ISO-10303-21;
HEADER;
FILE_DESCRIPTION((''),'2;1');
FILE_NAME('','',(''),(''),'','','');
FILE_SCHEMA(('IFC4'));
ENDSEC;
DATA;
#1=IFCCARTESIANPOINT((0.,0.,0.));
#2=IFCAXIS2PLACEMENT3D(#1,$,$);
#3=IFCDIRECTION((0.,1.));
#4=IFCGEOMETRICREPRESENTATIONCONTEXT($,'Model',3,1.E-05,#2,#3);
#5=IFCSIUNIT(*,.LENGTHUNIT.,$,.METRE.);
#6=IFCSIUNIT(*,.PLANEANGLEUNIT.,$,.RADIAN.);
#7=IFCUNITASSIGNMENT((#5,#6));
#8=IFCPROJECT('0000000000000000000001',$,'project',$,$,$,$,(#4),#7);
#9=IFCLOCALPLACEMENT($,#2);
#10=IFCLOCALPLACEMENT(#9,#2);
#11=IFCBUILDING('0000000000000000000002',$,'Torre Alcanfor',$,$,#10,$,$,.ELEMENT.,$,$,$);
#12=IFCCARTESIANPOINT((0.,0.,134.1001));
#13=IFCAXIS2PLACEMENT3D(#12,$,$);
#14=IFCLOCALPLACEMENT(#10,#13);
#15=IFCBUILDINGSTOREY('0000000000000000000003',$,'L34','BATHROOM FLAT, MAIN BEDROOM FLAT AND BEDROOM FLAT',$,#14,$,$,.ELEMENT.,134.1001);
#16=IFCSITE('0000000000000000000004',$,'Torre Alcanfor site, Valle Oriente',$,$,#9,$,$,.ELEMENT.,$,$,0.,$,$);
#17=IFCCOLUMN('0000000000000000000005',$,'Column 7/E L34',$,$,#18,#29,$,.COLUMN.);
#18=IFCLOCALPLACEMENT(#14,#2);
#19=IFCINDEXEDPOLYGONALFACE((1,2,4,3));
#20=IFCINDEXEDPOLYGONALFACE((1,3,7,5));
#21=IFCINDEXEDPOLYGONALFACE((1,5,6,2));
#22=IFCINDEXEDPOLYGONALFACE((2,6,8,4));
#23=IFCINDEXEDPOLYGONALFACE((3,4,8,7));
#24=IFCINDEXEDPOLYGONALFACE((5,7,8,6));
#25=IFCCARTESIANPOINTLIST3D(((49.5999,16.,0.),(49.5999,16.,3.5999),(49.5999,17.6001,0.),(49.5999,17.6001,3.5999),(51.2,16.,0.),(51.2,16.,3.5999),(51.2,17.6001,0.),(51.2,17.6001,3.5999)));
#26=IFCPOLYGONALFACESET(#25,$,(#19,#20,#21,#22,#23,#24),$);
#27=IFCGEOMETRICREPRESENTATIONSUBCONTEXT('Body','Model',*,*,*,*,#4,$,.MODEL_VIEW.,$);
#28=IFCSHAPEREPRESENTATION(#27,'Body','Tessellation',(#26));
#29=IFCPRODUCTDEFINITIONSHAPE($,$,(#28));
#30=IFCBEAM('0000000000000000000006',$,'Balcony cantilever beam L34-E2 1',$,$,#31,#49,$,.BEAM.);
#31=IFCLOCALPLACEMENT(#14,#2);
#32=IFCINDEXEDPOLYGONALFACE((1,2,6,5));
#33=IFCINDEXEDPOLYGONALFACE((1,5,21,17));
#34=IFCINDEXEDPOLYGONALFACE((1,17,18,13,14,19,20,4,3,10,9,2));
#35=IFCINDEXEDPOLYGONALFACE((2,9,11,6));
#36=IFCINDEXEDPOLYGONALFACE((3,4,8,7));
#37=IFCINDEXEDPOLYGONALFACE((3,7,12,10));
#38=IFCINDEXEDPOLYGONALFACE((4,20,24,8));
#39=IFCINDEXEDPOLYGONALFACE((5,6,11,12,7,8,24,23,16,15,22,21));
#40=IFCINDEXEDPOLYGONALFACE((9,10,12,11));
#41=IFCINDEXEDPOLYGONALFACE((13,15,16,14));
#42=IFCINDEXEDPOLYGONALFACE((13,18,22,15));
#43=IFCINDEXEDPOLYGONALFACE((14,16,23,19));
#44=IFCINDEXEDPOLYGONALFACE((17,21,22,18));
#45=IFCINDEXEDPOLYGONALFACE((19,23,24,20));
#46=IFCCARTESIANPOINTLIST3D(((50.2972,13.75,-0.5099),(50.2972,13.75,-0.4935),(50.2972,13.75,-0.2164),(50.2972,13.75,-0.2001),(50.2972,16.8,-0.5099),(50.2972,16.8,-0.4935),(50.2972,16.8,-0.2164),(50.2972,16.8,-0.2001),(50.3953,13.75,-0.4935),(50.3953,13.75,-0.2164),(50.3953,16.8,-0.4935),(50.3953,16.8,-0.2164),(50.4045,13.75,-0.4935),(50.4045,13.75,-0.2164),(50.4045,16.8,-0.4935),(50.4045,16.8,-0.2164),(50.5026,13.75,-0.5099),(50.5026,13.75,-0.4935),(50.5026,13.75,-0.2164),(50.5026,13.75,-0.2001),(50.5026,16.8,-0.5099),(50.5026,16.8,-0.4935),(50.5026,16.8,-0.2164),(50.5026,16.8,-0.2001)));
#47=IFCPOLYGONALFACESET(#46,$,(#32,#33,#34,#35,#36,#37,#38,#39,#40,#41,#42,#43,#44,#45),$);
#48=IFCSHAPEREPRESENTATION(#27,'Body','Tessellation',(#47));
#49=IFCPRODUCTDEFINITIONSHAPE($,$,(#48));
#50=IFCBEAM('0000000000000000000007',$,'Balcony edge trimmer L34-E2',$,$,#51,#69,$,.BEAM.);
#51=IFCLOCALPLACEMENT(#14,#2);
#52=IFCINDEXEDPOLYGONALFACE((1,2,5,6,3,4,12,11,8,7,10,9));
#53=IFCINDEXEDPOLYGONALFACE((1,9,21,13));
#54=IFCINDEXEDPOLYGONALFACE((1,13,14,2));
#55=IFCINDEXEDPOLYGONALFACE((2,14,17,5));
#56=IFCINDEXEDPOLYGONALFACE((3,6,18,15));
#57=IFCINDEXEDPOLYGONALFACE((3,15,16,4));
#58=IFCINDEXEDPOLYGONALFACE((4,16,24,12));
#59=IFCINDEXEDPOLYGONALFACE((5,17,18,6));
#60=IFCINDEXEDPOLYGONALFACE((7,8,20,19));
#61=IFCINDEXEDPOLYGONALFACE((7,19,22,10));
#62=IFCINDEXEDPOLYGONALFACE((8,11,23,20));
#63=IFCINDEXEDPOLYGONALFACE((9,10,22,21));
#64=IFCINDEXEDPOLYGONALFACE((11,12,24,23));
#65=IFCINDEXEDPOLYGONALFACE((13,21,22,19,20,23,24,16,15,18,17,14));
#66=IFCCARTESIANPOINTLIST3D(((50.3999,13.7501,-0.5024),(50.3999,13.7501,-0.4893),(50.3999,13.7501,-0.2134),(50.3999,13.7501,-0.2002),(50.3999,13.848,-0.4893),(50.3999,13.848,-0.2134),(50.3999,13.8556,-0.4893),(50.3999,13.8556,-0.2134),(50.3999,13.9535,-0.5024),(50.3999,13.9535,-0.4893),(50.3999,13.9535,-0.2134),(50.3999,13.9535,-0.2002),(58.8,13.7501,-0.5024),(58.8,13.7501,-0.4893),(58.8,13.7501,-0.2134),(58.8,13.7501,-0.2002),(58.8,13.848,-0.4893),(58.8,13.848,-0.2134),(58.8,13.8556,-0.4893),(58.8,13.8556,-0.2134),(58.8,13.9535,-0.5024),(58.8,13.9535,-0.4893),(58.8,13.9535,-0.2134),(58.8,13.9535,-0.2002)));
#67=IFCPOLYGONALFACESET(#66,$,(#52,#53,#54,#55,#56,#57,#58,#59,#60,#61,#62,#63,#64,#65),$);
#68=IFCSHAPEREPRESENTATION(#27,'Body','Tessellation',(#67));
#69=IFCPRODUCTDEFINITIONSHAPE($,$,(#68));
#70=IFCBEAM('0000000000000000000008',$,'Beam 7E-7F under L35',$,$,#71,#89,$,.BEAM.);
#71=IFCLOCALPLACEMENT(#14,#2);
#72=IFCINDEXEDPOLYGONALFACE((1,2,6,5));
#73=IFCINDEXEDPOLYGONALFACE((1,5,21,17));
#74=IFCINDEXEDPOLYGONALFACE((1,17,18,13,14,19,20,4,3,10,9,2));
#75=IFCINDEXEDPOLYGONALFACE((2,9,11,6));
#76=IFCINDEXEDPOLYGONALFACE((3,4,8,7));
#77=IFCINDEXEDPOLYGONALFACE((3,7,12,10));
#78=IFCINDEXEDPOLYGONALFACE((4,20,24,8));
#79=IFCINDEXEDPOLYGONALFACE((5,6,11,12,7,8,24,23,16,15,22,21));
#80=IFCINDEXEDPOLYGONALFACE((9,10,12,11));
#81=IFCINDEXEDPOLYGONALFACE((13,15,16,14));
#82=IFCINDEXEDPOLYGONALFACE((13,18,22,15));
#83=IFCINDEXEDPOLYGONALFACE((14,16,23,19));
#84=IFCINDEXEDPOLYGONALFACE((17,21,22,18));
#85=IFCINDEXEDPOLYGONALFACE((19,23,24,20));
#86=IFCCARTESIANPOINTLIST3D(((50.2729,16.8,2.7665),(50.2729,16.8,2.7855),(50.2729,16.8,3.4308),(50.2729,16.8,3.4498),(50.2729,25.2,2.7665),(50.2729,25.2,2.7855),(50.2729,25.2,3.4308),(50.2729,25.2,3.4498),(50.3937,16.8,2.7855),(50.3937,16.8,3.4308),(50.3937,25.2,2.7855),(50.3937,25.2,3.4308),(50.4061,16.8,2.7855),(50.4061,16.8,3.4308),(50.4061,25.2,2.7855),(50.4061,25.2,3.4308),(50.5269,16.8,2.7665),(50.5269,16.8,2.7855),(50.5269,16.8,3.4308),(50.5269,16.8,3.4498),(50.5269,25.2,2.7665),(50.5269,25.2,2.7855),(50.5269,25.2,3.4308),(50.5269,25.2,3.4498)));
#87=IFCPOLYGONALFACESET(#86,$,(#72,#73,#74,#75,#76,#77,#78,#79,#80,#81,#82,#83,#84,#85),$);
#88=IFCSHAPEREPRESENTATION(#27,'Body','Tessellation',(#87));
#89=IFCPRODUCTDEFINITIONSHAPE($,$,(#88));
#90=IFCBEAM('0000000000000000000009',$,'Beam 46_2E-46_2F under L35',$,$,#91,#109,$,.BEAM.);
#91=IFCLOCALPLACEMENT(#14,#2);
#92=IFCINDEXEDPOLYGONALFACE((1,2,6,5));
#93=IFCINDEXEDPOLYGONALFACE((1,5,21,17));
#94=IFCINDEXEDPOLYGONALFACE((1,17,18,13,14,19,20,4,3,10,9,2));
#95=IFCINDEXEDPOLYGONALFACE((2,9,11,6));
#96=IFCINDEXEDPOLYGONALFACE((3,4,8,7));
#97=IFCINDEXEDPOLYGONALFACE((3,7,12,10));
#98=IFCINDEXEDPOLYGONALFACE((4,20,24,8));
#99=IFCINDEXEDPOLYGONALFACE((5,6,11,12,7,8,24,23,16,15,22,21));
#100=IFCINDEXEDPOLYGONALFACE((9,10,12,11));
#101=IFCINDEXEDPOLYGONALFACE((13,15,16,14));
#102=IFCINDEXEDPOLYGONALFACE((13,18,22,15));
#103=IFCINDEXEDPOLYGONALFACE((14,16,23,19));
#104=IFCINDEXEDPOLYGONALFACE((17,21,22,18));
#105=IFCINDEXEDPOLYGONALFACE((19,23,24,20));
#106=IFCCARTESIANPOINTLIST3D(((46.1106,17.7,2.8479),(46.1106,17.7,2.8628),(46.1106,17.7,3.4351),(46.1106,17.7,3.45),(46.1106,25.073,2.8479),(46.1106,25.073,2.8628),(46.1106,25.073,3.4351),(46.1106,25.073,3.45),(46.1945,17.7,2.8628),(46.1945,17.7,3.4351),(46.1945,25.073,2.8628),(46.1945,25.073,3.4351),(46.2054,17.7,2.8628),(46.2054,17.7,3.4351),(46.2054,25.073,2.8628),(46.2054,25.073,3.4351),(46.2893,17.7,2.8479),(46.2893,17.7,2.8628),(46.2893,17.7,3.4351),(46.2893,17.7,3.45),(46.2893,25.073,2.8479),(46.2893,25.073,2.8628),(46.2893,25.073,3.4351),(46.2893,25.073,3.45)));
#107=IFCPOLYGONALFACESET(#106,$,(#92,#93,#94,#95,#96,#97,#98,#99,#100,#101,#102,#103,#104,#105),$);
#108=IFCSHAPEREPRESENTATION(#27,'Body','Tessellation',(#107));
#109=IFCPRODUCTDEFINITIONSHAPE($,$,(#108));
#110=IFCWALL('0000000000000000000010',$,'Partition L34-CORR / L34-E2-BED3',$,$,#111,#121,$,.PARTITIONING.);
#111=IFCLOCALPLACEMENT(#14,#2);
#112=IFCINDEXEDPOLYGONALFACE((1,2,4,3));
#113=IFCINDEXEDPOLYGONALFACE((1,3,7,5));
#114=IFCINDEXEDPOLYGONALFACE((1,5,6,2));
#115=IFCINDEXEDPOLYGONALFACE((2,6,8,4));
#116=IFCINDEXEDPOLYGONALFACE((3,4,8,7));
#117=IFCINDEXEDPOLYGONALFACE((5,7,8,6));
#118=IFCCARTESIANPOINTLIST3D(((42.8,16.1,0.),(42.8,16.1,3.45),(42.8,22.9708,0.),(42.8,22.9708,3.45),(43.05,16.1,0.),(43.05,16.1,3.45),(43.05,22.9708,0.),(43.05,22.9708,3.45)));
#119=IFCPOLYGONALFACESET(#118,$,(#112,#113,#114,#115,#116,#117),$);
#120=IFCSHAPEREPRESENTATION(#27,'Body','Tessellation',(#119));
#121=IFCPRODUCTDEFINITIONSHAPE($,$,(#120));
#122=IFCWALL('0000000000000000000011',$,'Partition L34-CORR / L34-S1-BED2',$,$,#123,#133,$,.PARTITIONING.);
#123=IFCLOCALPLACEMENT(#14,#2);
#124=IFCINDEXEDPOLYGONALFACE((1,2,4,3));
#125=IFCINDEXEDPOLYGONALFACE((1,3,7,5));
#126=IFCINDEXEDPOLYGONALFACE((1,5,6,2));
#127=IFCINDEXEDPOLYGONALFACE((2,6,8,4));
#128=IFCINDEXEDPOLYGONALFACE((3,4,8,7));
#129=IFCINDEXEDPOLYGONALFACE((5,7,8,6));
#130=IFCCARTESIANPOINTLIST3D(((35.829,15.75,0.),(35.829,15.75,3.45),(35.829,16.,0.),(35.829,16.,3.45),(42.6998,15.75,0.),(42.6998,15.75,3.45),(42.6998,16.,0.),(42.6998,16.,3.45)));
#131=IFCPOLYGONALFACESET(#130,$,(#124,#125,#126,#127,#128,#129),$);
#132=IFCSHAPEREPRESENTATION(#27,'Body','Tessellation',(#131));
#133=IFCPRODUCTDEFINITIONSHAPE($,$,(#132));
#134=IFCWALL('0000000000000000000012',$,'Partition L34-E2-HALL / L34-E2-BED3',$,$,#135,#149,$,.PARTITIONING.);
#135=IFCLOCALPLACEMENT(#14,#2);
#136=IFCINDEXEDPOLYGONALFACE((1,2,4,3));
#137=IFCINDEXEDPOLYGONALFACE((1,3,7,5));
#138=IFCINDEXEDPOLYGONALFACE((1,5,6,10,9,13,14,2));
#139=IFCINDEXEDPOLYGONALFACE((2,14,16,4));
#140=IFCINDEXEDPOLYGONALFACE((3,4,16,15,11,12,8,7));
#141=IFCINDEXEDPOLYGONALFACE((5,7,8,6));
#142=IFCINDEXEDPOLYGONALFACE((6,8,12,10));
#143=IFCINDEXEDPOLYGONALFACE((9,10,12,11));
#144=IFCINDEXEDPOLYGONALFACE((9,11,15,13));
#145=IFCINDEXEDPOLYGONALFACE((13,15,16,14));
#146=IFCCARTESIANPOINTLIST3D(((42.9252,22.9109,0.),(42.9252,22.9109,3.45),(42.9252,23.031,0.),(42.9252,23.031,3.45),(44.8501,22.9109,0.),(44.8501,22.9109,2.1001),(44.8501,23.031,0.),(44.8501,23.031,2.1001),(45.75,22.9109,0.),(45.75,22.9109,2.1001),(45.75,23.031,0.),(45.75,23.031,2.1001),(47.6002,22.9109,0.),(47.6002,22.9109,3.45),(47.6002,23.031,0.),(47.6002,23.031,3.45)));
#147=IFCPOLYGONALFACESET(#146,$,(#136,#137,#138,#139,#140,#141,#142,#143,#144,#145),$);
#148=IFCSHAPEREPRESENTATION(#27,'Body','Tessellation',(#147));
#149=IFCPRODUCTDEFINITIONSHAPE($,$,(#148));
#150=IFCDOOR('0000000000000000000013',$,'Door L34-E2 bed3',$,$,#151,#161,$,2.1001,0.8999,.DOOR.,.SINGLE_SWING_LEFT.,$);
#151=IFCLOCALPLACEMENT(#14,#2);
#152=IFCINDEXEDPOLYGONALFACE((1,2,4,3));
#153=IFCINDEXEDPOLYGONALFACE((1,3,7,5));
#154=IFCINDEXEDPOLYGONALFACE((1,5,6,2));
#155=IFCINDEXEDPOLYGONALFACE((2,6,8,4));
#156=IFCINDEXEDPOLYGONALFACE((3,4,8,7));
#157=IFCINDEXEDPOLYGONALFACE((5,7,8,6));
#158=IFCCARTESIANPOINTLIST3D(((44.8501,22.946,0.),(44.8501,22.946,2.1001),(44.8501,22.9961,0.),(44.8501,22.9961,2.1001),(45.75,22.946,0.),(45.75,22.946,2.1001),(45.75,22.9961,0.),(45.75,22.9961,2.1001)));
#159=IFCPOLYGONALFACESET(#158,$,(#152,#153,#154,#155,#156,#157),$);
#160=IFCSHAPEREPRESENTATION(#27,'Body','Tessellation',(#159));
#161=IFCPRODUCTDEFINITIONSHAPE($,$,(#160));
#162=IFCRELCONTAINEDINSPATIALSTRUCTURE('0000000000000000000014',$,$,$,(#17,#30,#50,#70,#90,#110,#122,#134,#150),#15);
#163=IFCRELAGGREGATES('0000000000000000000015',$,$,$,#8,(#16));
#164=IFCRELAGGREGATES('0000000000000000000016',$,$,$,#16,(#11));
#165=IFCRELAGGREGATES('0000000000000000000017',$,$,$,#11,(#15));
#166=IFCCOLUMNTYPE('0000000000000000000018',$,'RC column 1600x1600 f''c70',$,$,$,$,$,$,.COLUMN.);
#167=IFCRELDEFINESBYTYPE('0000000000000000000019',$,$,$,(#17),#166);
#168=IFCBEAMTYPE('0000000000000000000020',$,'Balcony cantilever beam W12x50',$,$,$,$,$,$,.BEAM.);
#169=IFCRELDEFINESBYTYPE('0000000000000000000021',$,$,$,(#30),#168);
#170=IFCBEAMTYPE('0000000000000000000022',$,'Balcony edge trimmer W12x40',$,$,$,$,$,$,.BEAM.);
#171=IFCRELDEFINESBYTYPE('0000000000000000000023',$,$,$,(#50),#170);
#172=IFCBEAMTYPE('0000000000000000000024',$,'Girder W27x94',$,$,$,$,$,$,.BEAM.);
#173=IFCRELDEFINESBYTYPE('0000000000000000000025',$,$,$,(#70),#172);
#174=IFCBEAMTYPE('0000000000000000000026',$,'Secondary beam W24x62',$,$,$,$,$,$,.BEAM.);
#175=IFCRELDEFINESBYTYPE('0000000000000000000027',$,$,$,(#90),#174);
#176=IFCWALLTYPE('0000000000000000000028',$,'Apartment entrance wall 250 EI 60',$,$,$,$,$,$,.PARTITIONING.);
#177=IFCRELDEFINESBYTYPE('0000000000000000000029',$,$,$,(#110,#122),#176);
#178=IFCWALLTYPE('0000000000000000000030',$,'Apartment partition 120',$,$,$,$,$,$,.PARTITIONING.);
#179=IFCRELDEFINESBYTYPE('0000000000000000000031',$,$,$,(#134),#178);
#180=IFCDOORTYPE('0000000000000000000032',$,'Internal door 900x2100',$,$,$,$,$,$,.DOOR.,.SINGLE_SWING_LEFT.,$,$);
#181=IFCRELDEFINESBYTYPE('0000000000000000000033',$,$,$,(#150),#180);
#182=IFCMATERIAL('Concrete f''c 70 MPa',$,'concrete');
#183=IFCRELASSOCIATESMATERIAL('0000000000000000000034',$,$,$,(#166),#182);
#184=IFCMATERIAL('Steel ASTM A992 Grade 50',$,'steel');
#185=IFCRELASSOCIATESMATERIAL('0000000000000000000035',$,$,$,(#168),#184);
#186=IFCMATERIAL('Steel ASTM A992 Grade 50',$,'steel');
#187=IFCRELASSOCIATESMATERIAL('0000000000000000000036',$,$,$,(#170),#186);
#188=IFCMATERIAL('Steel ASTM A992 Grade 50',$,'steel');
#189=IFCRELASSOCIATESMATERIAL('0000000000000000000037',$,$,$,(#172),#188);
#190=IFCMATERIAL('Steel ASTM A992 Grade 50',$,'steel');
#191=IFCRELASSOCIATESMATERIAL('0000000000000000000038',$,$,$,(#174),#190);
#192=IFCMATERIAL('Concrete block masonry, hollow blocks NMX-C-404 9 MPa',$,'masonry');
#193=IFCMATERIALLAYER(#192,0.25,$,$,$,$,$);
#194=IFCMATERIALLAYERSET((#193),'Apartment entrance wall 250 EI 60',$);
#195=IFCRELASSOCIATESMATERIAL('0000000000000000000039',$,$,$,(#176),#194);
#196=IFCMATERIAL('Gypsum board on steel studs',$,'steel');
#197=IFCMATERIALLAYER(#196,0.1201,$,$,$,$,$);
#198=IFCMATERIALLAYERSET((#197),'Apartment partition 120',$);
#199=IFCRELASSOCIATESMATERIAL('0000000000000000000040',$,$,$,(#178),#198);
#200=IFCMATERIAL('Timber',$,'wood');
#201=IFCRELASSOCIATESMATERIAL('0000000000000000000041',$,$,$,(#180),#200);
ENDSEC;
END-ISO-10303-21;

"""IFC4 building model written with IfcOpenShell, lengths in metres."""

from ifc_helpers import new_model, si_unit, direction, frame, frame_2d, origin, origin_2d, place, context, subcontext, project, spatial, rectangle, i_section, extrude, material, layer, layer_set, material_profile, profile_set, type_object, element, fill, save


model = new_model("IFC4")

# Units and contexts
model_context = context("Model", 3, precision=1e-05, world=origin(), true_north=direction((0.0, 1.0)))
body_context = subcontext(model_context, "Body", "Model", "MODEL_VIEW")
ifc_project = project(units=[si_unit("LENGTHUNIT", "METRE"), si_unit("PLANEANGLEUNIT", "RADIAN")], contexts=[model_context])

# Site, building, storey
site_placement = place(None, origin())
site = spatial("IfcSite", under=ifc_project, at=site_placement, Name="Torre Alcanfor site, Valle Oriente", CompositionType="ELEMENT", RefElevation=0.0)
building_placement = place(site_placement, origin())
building = spatial("IfcBuilding", under=site, at=building_placement, Name="Torre Alcanfor", CompositionType="ELEMENT")
storey_placement = place(building_placement, frame((0.0, 0.0, 134.1001)))
storey = spatial("IfcBuildingStorey", under=building, at=storey_placement, Name="L34", Description="BATHROOM FLAT, MAIN BEDROOM FLAT AND BEDROOM FLAT", CompositionType="ELEMENT", Elevation=134.1001)

# Column
ifc_material_1 = material(Name="Concrete f'c 70 MPa", Category="concrete")
ifc_material_profile_1 = material_profile(ifc_material_1, rectangle(XDim=1.6001, YDim=1.6001, at=origin_2d()), Name="1600x1600")
ifc_profile_set_1 = profile_set([ifc_material_profile_1], Name="Concrete f'c 70 MPa")
column_type = type_object("IfcColumnType", Name="RC column 1600x1600 f'c70", PredefinedType="COLUMN", material=ifc_profile_set_1)
column_placement = place(storey_placement, frame((50.3999, 16.8, 0.0), z_axis=(0.0, 0.0, 1.0), x_axis=(1.0, 0.0, 0.0)))
element("IfcColumn", 1, at=column_placement, inside=storey, type_object=column_type, Name="Column 7/E L34", PredefinedType="COLUMN", context=body_context, shape_type="SweptSolid", body=[
    extrude(rectangle(XDim=1.6001, YDim=1.6001, at=origin_2d()), origin(), (0.0, 0.0, 1.0), 3.5999),
])

# Beams
ifc_material_2 = material(Name="Steel ASTM A992 Grade 50", Category="steel")
ifc_material_profile_2 = material_profile(ifc_material_2, i_section(OverallWidth=0.2053, OverallDepth=0.3098, WebThickness=0.0093, FlangeThickness=0.0164, at=origin_2d()), Name="W12x50")
ifc_profile_set_2 = profile_set([ifc_material_profile_2], Name="Steel ASTM A992 Grade 50")
beam_type_1 = type_object("IfcBeamType", Name="Balcony cantilever beam W12x50", PredefinedType="BEAM", material=ifc_profile_set_2)
beam_1_placement = place(storey_placement, frame((50.3999, 16.8, -0.355), z_axis=(0.0, -1.0, 0.0), x_axis=(1.0, 0.0, 0.0)))
element("IfcBeam", 2, at=beam_1_placement, inside=storey, type_object=beam_type_1, Name="Balcony cantilever beam L34-E2 1", PredefinedType="BEAM", context=body_context, shape_type="SweptSolid", body=[
    extrude(i_section(OverallWidth=0.2053, OverallDepth=0.3098, WebThickness=0.0093, FlangeThickness=0.0164, at=origin_2d()), origin(), (0.0, 0.0, 1.0), 3.05),
])
ifc_material_3 = material(Name="Steel ASTM A992 Grade 50", Category="steel")
ifc_material_profile_3 = material_profile(ifc_material_3, i_section(OverallWidth=0.2034, OverallDepth=0.3022, WebThickness=0.0076, FlangeThickness=0.0132, at=origin_2d()), Name="W12x40")
ifc_profile_set_3 = profile_set([ifc_material_profile_3], Name="Steel ASTM A992 Grade 50")
beam_type_2 = type_object("IfcBeamType", Name="Balcony edge trimmer W12x40", PredefinedType="BEAM", material=ifc_profile_set_3)
beam_2_placement = place(storey_placement, frame((50.3999, 13.8518, -0.3513), z_axis=(1.0, 0.0, 0.0), x_axis=(0.0, 1.0, 0.0)))
element("IfcBeam", 3, at=beam_2_placement, inside=storey, type_object=beam_type_2, Name="Balcony edge trimmer L34-E2", PredefinedType="BEAM", context=body_context, shape_type="SweptSolid", body=[
    extrude(i_section(OverallWidth=0.2034, OverallDepth=0.3022, WebThickness=0.0076, FlangeThickness=0.0132, at=origin_2d()), origin(), (0.0, 0.0, 1.0), 8.4001),
])
ifc_material_4 = material(Name="Steel ASTM A992 Grade 50", Category="steel")
ifc_material_profile_4 = material_profile(ifc_material_4, i_section(OverallWidth=0.2539, OverallDepth=0.6833, WebThickness=0.0125, FlangeThickness=0.019, at=origin_2d()), Name="W27x94")
ifc_profile_set_4 = profile_set([ifc_material_profile_4], Name="Steel ASTM A992 Grade 50")
beam_type_3 = type_object("IfcBeamType", Name="Girder W27x94", PredefinedType="BEAM", material=ifc_profile_set_4)
beam_3_placement = place(storey_placement, frame((50.3999, 16.8, 3.1082), z_axis=(0.0, 1.0, 0.0), x_axis=(-1.0, 0.0, 0.0)))
element("IfcBeam", 4, at=beam_3_placement, inside=storey, type_object=beam_type_3, Name="Beam 7E-7F under L35", PredefinedType="BEAM", context=body_context, shape_type="SweptSolid", body=[
    extrude(i_section(OverallWidth=0.2539, OverallDepth=0.6833, WebThickness=0.0125, FlangeThickness=0.019, at=origin_2d()), origin(), (0.0, 0.0, 1.0), 8.3999),
])
ifc_material_5 = material(Name="Steel ASTM A992 Grade 50", Category="steel")
ifc_material_profile_5 = material_profile(ifc_material_5, i_section(OverallWidth=0.1787, OverallDepth=0.6021, WebThickness=0.011, FlangeThickness=0.0149, at=origin_2d()), Name="W24x62")
ifc_profile_set_5 = profile_set([ifc_material_profile_5], Name="Steel ASTM A992 Grade 50")
beam_type_4 = type_object("IfcBeamType", Name="Secondary beam W24x62", PredefinedType="BEAM", material=ifc_profile_set_5)
beam_4_placement = place(storey_placement, frame((46.2, 17.7, 3.1489), z_axis=(0.0, 1.0, 0.0), x_axis=(-1.0, 0.0, 0.0)))
element("IfcBeam", 5, at=beam_4_placement, inside=storey, type_object=beam_type_4, Name="Beam 46_2E-46_2F under L35", PredefinedType="BEAM", context=body_context, shape_type="SweptSolid", body=[
    extrude(i_section(OverallWidth=0.1787, OverallDepth=0.6021, WebThickness=0.011, FlangeThickness=0.0149, at=origin_2d()), origin(), (0.0, 0.0, 1.0), 7.373),
])

# Walls
ifc_material_6 = material(Name="Concrete block masonry, hollow blocks NMX-C-404 9 MPa", Category="masonry")
ifc_layer_1 = layer(ifc_material_6, 0.25)
ifc_layer_set_1 = layer_set([ifc_layer_1], Name="Apartment entrance wall 250 EI 60")
wall_type_1 = type_object("IfcWallType", Name="Apartment entrance wall 250 EI 60", PredefinedType="PARTITIONING", material=ifc_layer_set_1)
for number, where, z_axis, x_axis, name in (
    (6, (42.925, 22.9709, 0.0), (0.0, 0.0, 1.0), (0.0, -1.0, 0.0), "Partition L34-CORR / L34-E2-BED3"),
    (7, (42.7, 15.875, 0.0), (0.0, 0.0, 1.0), (-1.0, 0.0, 0.0), "Partition L34-CORR / L34-S1-BED2"),
):
    element("IfcWall", number, at=place(storey_placement, frame(where, z_axis=z_axis, x_axis=x_axis)), inside=storey, type_object=wall_type_1, Name=name, PredefinedType="PARTITIONING", context=body_context, shape_type="SweptSolid", body=[
        extrude(rectangle(XDim=6.8708, YDim=0.25, at=frame_2d((3.4355, 0.0))), origin(), (0.0, 0.0, 1.0), 3.45),
    ])

# Wall, opening, door
ifc_material_7 = material(Name="Gypsum board on steel studs", Category="steel")
ifc_layer_2 = layer(ifc_material_7, 0.1201)
ifc_layer_set_2 = layer_set([ifc_layer_2], Name="Apartment partition 120")
wall_type_2 = type_object("IfcWallType", Name="Apartment partition 120", PredefinedType="PARTITIONING", material=ifc_layer_set_2)
wall_1_placement = place(storey_placement, frame((47.6001, 22.9709, 0.0), z_axis=(0.0, 0.0, 1.0), x_axis=(-1.0, 0.0, 0.0)))
wall_1 = element("IfcWall", 8, at=wall_1_placement, inside=storey, type_object=wall_type_2, Name="Partition L34-E2-HALL / L34-E2-BED3", PredefinedType="PARTITIONING", context=body_context, shape_type="SweptSolid", body=[
    extrude(rectangle(XDim=4.675, YDim=0.1201, at=frame_2d((2.3374, 0.0))), origin(), (0.0, 0.0, 1.0), 3.45),
])
opening_1_placement = place(wall_1_placement, frame((1.8501, 0.0, 0.0)))
opening_1 = element("IfcOpeningElement", 9, at=opening_1_placement, cuts=wall_1, PredefinedType="OPENING", context=body_context, shape_type="SweptSolid", body=[
    extrude(rectangle(XDim=0.8999, YDim=2.1001, at=frame_2d((0.45, 1.05))), frame((0.0, 0.0701, 0.0), z_axis=(0.0, -1.0, 0.0), x_axis=(1.0, 0.0, 0.0)), (0.0, 0.0, 1.0), 0.1401),
])
ifc_material_8 = material(Name="Timber", Category="wood")
door_type_1 = type_object("IfcDoorType", Name="Internal door 900x2100", OperationType="SINGLE_SWING_LEFT", PredefinedType="DOOR", material=ifc_material_8)
door_1_placement = place(opening_1_placement, origin())
door_1 = element("IfcDoor", 10, at=door_1_placement, inside=storey, type_object=door_type_1, Name="Door L34-E2 bed3", OperationType="SINGLE_SWING_LEFT", OverallHeight=2.1001, OverallWidth=0.8999, PredefinedType="DOOR", context=body_context, shape_type="SweptSolid", body=[
    extrude(rectangle(XDim=0.8999, YDim=2.1001, at=frame_2d((0.45, 1.05))), frame((0.0, 0.0249, 0.0), z_axis=(0.0, -1.0, 0.0), x_axis=(1.0, 0.0, 0.0)), (0.0, 0.0, 1.0), 0.05),
])
fill(opening_1, door_1)

save(model, "model.ifc")
